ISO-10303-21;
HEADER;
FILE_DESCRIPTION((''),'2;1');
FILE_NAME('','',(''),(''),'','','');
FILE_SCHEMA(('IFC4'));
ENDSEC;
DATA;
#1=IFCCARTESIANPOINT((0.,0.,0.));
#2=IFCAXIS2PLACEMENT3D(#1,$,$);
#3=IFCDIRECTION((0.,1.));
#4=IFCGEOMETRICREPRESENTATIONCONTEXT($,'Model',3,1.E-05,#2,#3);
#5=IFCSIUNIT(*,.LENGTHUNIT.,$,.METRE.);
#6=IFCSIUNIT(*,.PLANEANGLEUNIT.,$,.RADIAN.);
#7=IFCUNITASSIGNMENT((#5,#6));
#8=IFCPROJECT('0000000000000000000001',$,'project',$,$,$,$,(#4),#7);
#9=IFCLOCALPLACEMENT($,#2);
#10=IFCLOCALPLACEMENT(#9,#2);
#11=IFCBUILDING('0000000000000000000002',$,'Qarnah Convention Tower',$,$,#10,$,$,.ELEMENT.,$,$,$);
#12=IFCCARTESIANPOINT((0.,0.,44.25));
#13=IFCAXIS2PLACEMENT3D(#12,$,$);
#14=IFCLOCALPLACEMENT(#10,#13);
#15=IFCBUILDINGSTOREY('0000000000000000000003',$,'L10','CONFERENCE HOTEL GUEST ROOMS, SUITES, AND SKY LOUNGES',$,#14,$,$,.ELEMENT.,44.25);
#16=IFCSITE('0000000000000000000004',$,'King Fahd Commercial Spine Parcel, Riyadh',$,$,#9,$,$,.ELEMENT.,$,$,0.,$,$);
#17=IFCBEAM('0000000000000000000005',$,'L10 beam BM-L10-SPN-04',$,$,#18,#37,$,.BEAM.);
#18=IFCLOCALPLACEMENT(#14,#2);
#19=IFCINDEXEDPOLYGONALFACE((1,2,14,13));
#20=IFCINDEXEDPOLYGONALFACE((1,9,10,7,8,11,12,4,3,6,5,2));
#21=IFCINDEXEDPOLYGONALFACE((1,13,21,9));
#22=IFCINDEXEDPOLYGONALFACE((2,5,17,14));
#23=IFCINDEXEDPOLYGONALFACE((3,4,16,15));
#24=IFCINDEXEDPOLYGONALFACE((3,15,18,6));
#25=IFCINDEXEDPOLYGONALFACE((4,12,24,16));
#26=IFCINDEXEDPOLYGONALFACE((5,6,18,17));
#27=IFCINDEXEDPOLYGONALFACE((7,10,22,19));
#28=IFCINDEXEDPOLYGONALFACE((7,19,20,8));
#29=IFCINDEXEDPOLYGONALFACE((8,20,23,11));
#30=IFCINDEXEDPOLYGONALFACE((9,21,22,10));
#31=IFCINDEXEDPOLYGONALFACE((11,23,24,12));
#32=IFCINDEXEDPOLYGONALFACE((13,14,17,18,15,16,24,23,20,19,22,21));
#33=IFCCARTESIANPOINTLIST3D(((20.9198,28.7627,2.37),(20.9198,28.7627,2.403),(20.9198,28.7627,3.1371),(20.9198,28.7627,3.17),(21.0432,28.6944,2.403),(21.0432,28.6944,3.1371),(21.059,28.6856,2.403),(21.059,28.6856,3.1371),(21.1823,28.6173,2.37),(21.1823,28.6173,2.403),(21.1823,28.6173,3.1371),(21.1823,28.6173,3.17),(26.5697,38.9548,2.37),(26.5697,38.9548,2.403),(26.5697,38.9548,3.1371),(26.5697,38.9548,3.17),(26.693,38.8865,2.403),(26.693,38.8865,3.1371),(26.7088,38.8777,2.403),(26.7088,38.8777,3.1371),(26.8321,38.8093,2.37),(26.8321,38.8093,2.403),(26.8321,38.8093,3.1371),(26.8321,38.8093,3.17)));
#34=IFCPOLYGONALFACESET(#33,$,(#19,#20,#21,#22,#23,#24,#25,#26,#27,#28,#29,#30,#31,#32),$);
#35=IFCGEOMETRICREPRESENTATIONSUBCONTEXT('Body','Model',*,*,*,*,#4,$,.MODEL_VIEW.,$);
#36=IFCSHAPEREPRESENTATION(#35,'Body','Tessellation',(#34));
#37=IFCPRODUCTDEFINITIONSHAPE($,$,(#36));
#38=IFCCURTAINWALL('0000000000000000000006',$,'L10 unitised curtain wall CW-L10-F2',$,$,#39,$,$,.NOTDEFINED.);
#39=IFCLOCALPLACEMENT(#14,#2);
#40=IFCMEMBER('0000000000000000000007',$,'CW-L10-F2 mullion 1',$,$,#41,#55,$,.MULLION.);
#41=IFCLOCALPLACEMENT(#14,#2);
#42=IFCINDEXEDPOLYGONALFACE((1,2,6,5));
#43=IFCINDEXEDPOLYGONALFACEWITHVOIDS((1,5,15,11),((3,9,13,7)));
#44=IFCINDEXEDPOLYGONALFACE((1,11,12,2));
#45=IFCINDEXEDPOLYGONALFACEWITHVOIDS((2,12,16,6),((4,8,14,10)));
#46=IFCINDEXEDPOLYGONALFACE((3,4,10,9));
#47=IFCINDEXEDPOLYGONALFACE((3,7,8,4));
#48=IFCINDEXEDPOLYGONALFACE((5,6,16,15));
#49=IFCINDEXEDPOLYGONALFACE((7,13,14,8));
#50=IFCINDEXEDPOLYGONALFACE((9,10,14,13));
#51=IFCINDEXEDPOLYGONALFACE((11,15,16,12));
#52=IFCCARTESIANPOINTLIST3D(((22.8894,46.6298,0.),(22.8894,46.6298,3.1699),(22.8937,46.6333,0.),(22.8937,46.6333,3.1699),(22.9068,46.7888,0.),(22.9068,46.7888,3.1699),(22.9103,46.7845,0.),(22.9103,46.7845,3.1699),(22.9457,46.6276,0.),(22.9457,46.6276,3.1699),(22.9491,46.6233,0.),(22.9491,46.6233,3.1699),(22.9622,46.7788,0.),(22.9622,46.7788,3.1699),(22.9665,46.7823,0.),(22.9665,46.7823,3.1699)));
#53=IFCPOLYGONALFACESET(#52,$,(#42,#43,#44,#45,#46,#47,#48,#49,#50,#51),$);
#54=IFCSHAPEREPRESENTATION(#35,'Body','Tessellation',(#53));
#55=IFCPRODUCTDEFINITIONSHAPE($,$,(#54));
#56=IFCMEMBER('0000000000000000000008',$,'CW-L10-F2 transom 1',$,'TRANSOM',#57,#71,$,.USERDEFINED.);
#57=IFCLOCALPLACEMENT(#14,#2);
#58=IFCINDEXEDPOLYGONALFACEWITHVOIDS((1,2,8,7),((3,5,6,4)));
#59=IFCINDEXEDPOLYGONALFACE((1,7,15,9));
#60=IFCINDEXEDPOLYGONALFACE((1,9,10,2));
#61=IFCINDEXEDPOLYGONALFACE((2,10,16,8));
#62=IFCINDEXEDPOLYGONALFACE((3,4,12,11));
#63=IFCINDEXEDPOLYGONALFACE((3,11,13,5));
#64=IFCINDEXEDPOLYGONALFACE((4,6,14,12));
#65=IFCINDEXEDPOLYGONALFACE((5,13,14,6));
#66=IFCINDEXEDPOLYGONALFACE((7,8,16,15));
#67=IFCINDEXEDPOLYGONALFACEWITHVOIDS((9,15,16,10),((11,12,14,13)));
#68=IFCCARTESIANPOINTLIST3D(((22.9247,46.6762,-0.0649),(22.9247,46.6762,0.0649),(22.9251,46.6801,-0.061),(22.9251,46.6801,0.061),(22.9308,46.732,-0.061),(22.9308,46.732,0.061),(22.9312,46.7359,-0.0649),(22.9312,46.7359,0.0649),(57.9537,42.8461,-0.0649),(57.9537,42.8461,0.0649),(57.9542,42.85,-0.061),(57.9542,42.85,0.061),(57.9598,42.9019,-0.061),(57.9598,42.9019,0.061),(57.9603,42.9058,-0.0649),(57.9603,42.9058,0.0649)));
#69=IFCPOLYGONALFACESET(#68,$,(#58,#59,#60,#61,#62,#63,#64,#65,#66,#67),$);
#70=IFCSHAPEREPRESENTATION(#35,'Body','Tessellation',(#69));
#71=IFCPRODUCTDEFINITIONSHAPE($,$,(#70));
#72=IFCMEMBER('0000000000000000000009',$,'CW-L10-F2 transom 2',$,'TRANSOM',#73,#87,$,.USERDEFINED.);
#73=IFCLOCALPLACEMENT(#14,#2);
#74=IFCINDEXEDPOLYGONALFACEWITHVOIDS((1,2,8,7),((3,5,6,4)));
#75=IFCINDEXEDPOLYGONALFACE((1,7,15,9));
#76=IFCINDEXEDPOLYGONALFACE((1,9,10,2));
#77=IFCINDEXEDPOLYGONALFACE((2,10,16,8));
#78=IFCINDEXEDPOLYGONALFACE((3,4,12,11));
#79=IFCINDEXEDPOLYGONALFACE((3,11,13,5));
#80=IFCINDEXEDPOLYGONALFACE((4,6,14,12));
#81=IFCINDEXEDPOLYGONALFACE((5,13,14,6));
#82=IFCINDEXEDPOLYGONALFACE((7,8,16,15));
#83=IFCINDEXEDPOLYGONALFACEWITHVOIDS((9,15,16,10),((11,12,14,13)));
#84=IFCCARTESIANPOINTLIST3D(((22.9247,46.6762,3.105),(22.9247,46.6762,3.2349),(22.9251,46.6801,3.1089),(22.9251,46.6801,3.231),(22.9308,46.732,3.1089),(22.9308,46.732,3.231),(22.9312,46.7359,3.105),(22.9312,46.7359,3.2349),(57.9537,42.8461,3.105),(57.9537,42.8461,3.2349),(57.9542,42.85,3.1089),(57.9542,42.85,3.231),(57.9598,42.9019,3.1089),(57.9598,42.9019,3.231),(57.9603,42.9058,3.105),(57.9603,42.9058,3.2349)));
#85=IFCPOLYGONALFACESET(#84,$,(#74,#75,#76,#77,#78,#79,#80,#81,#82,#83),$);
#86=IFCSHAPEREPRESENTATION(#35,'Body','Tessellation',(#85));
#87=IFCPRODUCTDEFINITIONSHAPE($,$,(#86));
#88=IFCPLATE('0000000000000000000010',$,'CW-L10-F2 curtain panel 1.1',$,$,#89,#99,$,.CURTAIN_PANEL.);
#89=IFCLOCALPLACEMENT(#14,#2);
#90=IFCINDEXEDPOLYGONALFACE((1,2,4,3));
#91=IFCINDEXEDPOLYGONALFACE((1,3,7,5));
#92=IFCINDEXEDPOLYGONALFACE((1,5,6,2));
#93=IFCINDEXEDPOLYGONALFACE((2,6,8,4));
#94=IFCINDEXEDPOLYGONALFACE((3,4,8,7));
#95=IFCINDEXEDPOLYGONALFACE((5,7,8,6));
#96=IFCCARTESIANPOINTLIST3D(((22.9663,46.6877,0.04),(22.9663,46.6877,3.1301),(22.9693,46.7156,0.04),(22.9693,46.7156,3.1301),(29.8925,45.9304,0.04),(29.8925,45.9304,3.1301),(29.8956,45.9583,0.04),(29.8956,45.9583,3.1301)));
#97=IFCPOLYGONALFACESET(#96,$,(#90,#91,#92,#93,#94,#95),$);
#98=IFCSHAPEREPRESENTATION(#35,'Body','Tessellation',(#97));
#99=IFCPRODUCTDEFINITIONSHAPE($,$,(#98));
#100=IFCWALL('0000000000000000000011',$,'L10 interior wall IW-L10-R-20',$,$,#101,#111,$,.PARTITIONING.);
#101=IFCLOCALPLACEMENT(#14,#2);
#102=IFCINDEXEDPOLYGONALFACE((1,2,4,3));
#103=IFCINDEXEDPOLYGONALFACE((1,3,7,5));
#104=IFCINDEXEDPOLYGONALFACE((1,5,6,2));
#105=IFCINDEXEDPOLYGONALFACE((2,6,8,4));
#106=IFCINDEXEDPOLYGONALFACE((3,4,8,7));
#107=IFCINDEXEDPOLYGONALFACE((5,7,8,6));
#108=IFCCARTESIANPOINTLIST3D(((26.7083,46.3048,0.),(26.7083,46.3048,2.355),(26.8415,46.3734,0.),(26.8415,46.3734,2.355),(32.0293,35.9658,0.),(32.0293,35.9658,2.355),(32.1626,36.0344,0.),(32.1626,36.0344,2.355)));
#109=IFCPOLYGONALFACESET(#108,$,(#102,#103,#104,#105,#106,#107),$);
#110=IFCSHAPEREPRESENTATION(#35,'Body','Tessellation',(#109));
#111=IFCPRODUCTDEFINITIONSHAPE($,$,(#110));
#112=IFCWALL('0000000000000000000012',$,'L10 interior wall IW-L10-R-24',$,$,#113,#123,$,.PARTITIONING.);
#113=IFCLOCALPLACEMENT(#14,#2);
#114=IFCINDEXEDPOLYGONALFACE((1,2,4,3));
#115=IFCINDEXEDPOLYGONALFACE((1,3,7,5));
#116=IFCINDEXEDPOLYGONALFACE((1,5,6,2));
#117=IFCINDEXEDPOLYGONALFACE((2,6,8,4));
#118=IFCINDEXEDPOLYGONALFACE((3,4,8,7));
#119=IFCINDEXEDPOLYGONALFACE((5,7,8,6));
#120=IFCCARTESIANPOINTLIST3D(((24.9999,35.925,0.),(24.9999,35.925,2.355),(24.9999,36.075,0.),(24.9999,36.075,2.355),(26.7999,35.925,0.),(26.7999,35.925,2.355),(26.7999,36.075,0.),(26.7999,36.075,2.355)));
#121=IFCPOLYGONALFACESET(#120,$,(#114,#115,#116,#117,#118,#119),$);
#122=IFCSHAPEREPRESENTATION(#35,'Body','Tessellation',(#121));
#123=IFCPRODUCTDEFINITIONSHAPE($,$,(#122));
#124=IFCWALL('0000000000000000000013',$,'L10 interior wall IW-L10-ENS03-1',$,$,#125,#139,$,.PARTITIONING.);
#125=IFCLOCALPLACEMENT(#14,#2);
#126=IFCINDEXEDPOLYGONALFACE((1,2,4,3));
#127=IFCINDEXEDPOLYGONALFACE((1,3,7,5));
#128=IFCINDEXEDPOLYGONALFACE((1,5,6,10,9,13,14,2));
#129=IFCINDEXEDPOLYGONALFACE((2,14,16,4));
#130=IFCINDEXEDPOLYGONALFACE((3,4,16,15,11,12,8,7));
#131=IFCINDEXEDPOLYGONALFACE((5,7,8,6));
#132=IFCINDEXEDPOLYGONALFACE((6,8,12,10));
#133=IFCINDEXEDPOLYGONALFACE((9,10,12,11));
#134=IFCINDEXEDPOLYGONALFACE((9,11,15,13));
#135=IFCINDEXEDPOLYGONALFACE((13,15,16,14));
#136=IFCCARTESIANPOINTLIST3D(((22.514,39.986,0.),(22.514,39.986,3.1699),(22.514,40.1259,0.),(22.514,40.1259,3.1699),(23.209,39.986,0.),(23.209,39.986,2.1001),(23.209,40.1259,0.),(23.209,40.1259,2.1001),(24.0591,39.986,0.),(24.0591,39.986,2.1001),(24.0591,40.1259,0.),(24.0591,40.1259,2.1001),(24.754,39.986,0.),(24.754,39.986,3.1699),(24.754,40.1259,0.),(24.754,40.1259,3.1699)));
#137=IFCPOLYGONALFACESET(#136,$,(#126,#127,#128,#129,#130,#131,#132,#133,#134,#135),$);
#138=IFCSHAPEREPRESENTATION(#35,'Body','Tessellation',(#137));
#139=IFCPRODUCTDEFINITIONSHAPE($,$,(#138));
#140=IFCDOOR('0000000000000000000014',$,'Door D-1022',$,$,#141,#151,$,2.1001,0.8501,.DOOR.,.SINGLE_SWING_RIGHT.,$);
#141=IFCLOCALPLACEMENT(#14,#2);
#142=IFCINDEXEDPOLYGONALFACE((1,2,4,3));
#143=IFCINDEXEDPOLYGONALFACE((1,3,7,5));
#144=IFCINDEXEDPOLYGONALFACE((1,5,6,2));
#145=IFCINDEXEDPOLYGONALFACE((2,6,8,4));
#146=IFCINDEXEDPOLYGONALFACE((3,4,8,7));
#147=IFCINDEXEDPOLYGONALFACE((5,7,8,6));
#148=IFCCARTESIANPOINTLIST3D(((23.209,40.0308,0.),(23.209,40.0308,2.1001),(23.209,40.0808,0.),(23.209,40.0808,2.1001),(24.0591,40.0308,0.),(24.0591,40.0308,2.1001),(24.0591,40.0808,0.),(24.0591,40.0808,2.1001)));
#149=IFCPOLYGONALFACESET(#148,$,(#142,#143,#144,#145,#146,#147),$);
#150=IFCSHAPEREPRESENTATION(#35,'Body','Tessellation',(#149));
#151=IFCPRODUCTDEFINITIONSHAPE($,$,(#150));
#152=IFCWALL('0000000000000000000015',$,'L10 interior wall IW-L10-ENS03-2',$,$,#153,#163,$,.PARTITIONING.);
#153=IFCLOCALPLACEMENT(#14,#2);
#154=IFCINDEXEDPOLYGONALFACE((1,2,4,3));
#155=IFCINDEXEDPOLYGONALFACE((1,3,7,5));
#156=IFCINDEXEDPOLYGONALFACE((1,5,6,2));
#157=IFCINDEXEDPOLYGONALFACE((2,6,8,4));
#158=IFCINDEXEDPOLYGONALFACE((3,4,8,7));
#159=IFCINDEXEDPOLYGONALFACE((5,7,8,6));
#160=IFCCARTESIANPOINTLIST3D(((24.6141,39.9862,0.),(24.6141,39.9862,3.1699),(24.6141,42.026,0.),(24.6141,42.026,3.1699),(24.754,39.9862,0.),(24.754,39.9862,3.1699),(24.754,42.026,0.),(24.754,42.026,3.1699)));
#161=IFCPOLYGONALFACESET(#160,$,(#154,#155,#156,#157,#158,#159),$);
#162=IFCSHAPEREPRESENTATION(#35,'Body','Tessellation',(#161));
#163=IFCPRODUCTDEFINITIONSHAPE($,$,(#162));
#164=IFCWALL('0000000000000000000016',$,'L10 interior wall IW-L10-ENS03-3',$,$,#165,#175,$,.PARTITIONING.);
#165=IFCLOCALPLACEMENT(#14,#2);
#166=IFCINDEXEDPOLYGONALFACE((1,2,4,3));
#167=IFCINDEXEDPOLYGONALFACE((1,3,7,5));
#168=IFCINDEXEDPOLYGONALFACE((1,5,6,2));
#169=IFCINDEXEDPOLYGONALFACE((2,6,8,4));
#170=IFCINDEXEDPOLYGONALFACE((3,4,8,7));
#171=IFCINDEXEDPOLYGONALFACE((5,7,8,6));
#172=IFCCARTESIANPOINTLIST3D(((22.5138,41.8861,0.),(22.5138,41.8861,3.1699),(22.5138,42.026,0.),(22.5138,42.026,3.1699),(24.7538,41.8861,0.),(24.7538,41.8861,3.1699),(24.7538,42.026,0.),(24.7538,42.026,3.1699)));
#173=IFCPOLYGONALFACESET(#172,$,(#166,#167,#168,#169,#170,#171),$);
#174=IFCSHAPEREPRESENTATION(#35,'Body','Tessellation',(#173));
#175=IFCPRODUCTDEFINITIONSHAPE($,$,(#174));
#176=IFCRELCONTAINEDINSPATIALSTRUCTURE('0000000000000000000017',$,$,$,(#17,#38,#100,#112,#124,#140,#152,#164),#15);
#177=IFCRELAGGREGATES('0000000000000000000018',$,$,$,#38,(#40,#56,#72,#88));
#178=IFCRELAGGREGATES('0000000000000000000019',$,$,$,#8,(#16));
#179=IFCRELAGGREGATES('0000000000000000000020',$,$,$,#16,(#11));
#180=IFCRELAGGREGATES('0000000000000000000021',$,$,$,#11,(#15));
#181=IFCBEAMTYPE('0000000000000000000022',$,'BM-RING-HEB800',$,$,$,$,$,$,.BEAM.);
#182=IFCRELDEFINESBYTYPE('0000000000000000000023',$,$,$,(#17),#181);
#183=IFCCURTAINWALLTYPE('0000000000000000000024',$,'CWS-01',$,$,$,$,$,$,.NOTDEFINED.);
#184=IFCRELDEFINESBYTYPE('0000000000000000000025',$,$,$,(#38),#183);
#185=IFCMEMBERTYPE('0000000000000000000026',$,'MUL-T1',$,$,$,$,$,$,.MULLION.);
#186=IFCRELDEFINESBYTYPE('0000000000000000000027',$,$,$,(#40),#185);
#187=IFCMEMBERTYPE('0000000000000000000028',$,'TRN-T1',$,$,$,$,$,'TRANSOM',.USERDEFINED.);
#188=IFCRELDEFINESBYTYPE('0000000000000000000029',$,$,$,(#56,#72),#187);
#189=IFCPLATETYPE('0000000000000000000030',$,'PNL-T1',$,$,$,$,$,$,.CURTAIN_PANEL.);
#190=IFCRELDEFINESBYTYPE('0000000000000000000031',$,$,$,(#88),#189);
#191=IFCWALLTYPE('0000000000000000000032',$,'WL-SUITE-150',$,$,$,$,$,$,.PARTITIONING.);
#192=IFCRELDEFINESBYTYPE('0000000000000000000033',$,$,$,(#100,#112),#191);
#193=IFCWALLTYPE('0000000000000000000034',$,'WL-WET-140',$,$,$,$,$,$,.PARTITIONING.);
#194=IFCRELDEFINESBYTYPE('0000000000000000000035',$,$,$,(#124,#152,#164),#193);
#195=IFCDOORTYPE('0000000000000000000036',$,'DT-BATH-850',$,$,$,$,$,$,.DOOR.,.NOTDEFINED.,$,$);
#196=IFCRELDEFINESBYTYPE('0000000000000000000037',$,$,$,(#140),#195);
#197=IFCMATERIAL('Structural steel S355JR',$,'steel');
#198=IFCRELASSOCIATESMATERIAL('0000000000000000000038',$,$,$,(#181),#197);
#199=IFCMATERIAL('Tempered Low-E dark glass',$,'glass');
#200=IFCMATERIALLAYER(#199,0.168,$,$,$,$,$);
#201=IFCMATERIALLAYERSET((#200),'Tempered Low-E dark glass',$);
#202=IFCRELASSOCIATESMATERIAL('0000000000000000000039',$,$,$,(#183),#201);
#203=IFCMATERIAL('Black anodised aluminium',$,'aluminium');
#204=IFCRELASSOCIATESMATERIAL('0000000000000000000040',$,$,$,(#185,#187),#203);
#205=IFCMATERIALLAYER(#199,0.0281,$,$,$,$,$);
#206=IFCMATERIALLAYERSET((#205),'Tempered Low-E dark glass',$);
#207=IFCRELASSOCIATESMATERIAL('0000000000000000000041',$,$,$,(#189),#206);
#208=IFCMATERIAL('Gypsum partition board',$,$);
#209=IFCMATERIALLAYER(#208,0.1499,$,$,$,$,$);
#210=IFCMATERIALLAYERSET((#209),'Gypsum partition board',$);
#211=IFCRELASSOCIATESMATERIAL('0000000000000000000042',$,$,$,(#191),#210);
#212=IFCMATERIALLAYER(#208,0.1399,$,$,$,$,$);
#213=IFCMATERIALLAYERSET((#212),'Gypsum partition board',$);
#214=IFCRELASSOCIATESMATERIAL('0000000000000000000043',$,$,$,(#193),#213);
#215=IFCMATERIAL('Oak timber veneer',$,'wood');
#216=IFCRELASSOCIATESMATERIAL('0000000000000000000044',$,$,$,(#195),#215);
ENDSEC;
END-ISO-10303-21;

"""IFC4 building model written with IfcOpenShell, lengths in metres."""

from ifc_helpers import new_model, si_unit, direction, frame, frame_2d, origin, origin_2d, place, context, subcontext, project, spatial, rectangle, hollow_rectangle, i_section, extrude, material, layer, layer_set, material_profile, profile_set, type_object, element, fill, aggregate, save


model = new_model("IFC4")

# Units and contexts
model_context = context("Model", 3, precision=1e-05, world=origin(), true_north=direction((0.0, 1.0)))
body_context = subcontext(model_context, "Body", "Model", "MODEL_VIEW")
ifc_project = project(units=[si_unit("LENGTHUNIT", "METRE"), si_unit("PLANEANGLEUNIT", "RADIAN")], contexts=[model_context])

# Site, building, storey
site_placement = place(None, origin())
site = spatial("IfcSite", under=ifc_project, at=site_placement, Name="King Fahd Commercial Spine Parcel, Riyadh", CompositionType="ELEMENT", RefElevation=0.0)
building_placement = place(site_placement, origin())
building = spatial("IfcBuilding", under=site, at=building_placement, Name="Qarnah Convention Tower", CompositionType="ELEMENT")
storey_placement = place(building_placement, frame((0.0, 0.0, 44.25)))
storey = spatial("IfcBuildingStorey", under=building, at=storey_placement, Name="L10", Description="CONFERENCE HOTEL GUEST ROOMS, SUITES, AND SKY LOUNGES", CompositionType="ELEMENT", Elevation=44.25)

# Beam
ifc_material_1 = material(Name="Structural steel S355JR", Category="steel")
ifc_material_profile_1 = material_profile(ifc_material_1, i_section(OverallWidth=0.3, OverallDepth=0.8, WebThickness=0.0181, FlangeThickness=0.033, at=origin_2d()), Name="HEB800")
ifc_profile_set_1 = profile_set([ifc_material_profile_1], Name="Structural steel S355JR")
beam_type = type_object("IfcBeamType", Name="BM-RING-HEB800", PredefinedType="BEAM", material=ifc_profile_set_1)
beam_placement = place(storey_placement, frame((26.7009, 38.8821, 2.77), z_axis=(-0.48483, -0.874609, 0.0), x_axis=(0.874609, -0.48483, 0.0)))
element("IfcBeam", 1, at=beam_placement, inside=storey, type_object=beam_type, Name="L10 beam BM-L10-SPN-04", PredefinedType="BEAM", context=body_context, shape_type="SweptSolid", body=[
    extrude(i_section(OverallWidth=0.3, OverallDepth=0.8, WebThickness=0.0181, FlangeThickness=0.033, at=origin_2d()), origin(), (0.0, 0.0, 1.0), 11.6533),
])

# Curtain wall, members, plate
ifc_material_2 = material(Name="Tempered Low-E dark glass", Category="glass")
ifc_layer_1 = layer(ifc_material_2, 0.168)
ifc_layer_set_1 = layer_set([ifc_layer_1], Name="Tempered Low-E dark glass")
curtain_wall_type = type_object("IfcCurtainWallType", Name="CWS-01", PredefinedType="NOTDEFINED", material=ifc_layer_set_1)
curtain_wall_placement = place(storey_placement, origin())
curtain_wall = element("IfcCurtainWall", 2, at=curtain_wall_placement, inside=storey, type_object=curtain_wall_type, Name="L10 unitised curtain wall CW-L10-F2", PredefinedType="NOTDEFINED")
ifc_material_3 = material(Name="Black anodised aluminium", Category="aluminium")
ifc_material_profile_2 = material_profile(ifc_material_3, hollow_rectangle(XDim=0.0601, YDim=0.1599, WallThickness=0.0039, at=origin_2d()), Name="MUL-60X160")
ifc_profile_set_2 = profile_set([ifc_material_profile_2], Name="Black anodised aluminium")
member_type_1 = type_object("IfcMemberType", Name="MUL-T1", PredefinedType="MULLION", material=ifc_profile_set_2)
member_1_placement = place(storey_placement, frame((22.928, 46.7061, 0.0), z_axis=(0.0, 0.0, 1.0), x_axis=(0.994076, -0.10869, 0.0)))
member_1 = element("IfcMember", 3, at=member_1_placement, type_object=member_type_1, Name="CW-L10-F2 mullion 1", PredefinedType="MULLION", context=body_context, shape_type="SweptSolid", body=[
    extrude(hollow_rectangle(XDim=0.0601, YDim=0.1599, WallThickness=0.0039, at=origin_2d()), origin(), (0.0, 0.0, 1.0), 3.1699),
])
ifc_material_profile_3 = material_profile(ifc_material_3, hollow_rectangle(XDim=0.0601, YDim=0.1299, WallThickness=0.0039, at=origin_2d()), Name="TRN-60X130")
ifc_profile_set_3 = profile_set([ifc_material_profile_3], Name="Black anodised aluminium")
member_type_2 = type_object("IfcMemberType", Name="TRN-T1", ElementType="TRANSOM", PredefinedType="USERDEFINED", material=ifc_profile_set_3)
member_2_placement = place(storey_placement, frame((22.928, 46.7061, 0.0), z_axis=(0.994075, -0.108692, 0.0), x_axis=(0.108692, 0.994075, 0.0)))
member_2 = element("IfcMember", 4, at=member_2_placement, type_object=member_type_2, Name="CW-L10-F2 transom 1", ObjectType="TRANSOM", PredefinedType="USERDEFINED", context=body_context, shape_type="SweptSolid", body=[
    extrude(hollow_rectangle(XDim=0.0601, YDim=0.1299, WallThickness=0.0039, at=origin_2d()), origin(), (0.0, 0.0, 1.0), 35.2378),
])
member_3_placement = place(storey_placement, frame((22.928, 46.7061, 3.1699), z_axis=(0.994075, -0.108692, 0.0), x_axis=(0.108692, 0.994075, 0.0)))
member_3 = element("IfcMember", 5, at=member_3_placement, type_object=member_type_2, Name="CW-L10-F2 transom 2", ObjectType="TRANSOM", PredefinedType="USERDEFINED", context=body_context, shape_type="SweptSolid", body=[
    extrude(hollow_rectangle(XDim=0.0601, YDim=0.1299, WallThickness=0.0039, at=origin_2d()), origin(), (0.0, 0.0, 1.0), 35.2378),
])
ifc_layer_2 = layer(ifc_material_2, 0.0281)
ifc_layer_set_2 = layer_set([ifc_layer_2], Name="Tempered Low-E dark glass")
plate_type = type_object("IfcPlateType", Name="PNL-T1", PredefinedType="CURTAIN_PANEL", material=ifc_layer_set_2)
plate_placement = place(storey_placement, frame((26.4309, 46.323, 0.04), z_axis=(0.0, 0.0, 1.0), x_axis=(0.994076, -0.10869, 0.0)))
plate = element("IfcPlate", 6, at=plate_placement, type_object=plate_type, Name="CW-L10-F2 curtain panel 1.1", PredefinedType="CURTAIN_PANEL", context=body_context, shape_type="SweptSolid", body=[
    extrude(rectangle(XDim=6.9675, YDim=0.0281, at=origin_2d()), origin(), (0.0, 0.0, 1.0), 3.0901),
])
aggregate(curtain_wall, [member_1, member_2, member_3, plate])

# Walls
ifc_material_4 = material(Name="Gypsum partition board")
ifc_layer_3 = layer(ifc_material_4, 0.1499)
ifc_layer_set_3 = layer_set([ifc_layer_3], Name="Gypsum partition board")
wall_type_1 = type_object("IfcWallType", Name="WL-SUITE-150", PredefinedType="PARTITIONING", material=ifc_layer_set_3)
wall_1_placement = place(storey_placement, frame((26.7749, 46.3391, 0.0), z_axis=(0.0, 0.0, 1.0), x_axis=(0.457606, -0.889155, 0.0)))
element("IfcWall", 7, at=wall_1_placement, inside=storey, type_object=wall_type_1, Name="L10 interior wall IW-L10-R-20", PredefinedType="PARTITIONING", context=body_context, shape_type="SweptSolid", body=[
    extrude(rectangle(XDim=11.6279, YDim=0.1499, at=frame_2d((5.814, 0.0))), origin(), (0.0, 0.0, 1.0), 2.355),
])
wall_2_placement = place(storey_placement, frame((25.0, 36.0, 0.0), z_axis=(0.0, 0.0, 1.0), x_axis=(1.0, 0.0, 0.0)))
element("IfcWall", 8, at=wall_2_placement, inside=storey, type_object=wall_type_1, Name="L10 interior wall IW-L10-R-24", PredefinedType="PARTITIONING", context=body_context, shape_type="SweptSolid", body=[
    extrude(rectangle(XDim=1.8, YDim=0.1499, at=frame_2d((0.8999, 0.0))), origin(), (0.0, 0.0, 1.0), 2.355),
])

# Wall, opening, door
ifc_layer_4 = layer(ifc_material_4, 0.1399)
ifc_layer_set_4 = layer_set([ifc_layer_4], Name="Gypsum partition board")
wall_type_2 = type_object("IfcWallType", Name="WL-WET-140", PredefinedType="PARTITIONING", material=ifc_layer_set_4)
wall_3_placement = place(storey_placement, frame((22.5139, 40.0559, 0.0), z_axis=(0.0, 0.0, 1.0), x_axis=(1.0, 0.0, 0.0)))
wall_3 = element("IfcWall", 9, at=wall_3_placement, inside=storey, type_object=wall_type_2, Name="L10 interior wall IW-L10-ENS03-1", PredefinedType="PARTITIONING", context=body_context, shape_type="SweptSolid", body=[
    extrude(rectangle(XDim=2.24, YDim=0.1399, at=frame_2d((1.1201, 0.0))), origin(), (0.0, 0.0, 1.0), 3.1699),
])
opening_1_placement = place(wall_3_placement, frame((0.6951, 0.0, 0.0)))
opening_1 = element("IfcOpeningElement", 10, at=opening_1_placement, cuts=wall_3, PredefinedType="OPENING", context=body_context, shape_type="SweptSolid", body=[
    extrude(rectangle(XDim=0.8501, YDim=2.1001, at=frame_2d((0.425, 1.05))), frame((0.0, 0.0798, 0.0), z_axis=(0.0, -1.0, 0.0), x_axis=(1.0, 0.0, 0.0)), (0.0, 0.0, 1.0), 0.1599),
])
ifc_material_5 = material(Name="Oak timber veneer", Category="wood")
door_type_1 = type_object("IfcDoorType", Name="DT-BATH-850", OperationType="NOTDEFINED", PredefinedType="DOOR", material=ifc_material_5)
door_1_placement = place(opening_1_placement, origin())
door_1 = element("IfcDoor", 11, at=door_1_placement, inside=storey, type_object=door_type_1, Name="Door D-1022", OperationType="SINGLE_SWING_RIGHT", OverallHeight=2.1001, OverallWidth=0.8501, PredefinedType="DOOR", context=body_context, shape_type="SweptSolid", body=[
    extrude(rectangle(XDim=0.8501, YDim=2.1001, at=frame_2d((0.425, 1.05))), frame((0.0, 0.0249, 0.0), z_axis=(0.0, -1.0, 0.0), x_axis=(1.0, 0.0, 0.0)), (0.0, 0.0, 1.0), 0.05),
])
fill(opening_1, door_1)

# Walls
wall_4_placement = place(storey_placement, frame((24.6841, 39.9861, 0.0), z_axis=(0.0, 0.0, 1.0), x_axis=(0.0, 1.0, 0.0)))
element("IfcWall", 12, at=wall_4_placement, inside=storey, type_object=wall_type_2, Name="L10 interior wall IW-L10-ENS03-2", PredefinedType="PARTITIONING", context=body_context, shape_type="SweptSolid", body=[
    extrude(rectangle(XDim=2.0398, YDim=0.1399, at=frame_2d((1.02, 0.0))), origin(), (0.0, 0.0, 1.0), 3.1699),
])
wall_5_placement = place(storey_placement, frame((24.7539, 41.9561, 0.0), z_axis=(0.0, 0.0, 1.0), x_axis=(-1.0, 0.0, 0.0)))
element("IfcWall", 13, at=wall_5_placement, inside=storey, type_object=wall_type_2, Name="L10 interior wall IW-L10-ENS03-3", PredefinedType="PARTITIONING", context=body_context, shape_type="SweptSolid", body=[
    extrude(rectangle(XDim=2.24, YDim=0.1399, at=frame_2d((1.1201, 0.0))), origin(), (0.0, 0.0, 1.0), 3.1699),
])

save(model, "model.ifc")
